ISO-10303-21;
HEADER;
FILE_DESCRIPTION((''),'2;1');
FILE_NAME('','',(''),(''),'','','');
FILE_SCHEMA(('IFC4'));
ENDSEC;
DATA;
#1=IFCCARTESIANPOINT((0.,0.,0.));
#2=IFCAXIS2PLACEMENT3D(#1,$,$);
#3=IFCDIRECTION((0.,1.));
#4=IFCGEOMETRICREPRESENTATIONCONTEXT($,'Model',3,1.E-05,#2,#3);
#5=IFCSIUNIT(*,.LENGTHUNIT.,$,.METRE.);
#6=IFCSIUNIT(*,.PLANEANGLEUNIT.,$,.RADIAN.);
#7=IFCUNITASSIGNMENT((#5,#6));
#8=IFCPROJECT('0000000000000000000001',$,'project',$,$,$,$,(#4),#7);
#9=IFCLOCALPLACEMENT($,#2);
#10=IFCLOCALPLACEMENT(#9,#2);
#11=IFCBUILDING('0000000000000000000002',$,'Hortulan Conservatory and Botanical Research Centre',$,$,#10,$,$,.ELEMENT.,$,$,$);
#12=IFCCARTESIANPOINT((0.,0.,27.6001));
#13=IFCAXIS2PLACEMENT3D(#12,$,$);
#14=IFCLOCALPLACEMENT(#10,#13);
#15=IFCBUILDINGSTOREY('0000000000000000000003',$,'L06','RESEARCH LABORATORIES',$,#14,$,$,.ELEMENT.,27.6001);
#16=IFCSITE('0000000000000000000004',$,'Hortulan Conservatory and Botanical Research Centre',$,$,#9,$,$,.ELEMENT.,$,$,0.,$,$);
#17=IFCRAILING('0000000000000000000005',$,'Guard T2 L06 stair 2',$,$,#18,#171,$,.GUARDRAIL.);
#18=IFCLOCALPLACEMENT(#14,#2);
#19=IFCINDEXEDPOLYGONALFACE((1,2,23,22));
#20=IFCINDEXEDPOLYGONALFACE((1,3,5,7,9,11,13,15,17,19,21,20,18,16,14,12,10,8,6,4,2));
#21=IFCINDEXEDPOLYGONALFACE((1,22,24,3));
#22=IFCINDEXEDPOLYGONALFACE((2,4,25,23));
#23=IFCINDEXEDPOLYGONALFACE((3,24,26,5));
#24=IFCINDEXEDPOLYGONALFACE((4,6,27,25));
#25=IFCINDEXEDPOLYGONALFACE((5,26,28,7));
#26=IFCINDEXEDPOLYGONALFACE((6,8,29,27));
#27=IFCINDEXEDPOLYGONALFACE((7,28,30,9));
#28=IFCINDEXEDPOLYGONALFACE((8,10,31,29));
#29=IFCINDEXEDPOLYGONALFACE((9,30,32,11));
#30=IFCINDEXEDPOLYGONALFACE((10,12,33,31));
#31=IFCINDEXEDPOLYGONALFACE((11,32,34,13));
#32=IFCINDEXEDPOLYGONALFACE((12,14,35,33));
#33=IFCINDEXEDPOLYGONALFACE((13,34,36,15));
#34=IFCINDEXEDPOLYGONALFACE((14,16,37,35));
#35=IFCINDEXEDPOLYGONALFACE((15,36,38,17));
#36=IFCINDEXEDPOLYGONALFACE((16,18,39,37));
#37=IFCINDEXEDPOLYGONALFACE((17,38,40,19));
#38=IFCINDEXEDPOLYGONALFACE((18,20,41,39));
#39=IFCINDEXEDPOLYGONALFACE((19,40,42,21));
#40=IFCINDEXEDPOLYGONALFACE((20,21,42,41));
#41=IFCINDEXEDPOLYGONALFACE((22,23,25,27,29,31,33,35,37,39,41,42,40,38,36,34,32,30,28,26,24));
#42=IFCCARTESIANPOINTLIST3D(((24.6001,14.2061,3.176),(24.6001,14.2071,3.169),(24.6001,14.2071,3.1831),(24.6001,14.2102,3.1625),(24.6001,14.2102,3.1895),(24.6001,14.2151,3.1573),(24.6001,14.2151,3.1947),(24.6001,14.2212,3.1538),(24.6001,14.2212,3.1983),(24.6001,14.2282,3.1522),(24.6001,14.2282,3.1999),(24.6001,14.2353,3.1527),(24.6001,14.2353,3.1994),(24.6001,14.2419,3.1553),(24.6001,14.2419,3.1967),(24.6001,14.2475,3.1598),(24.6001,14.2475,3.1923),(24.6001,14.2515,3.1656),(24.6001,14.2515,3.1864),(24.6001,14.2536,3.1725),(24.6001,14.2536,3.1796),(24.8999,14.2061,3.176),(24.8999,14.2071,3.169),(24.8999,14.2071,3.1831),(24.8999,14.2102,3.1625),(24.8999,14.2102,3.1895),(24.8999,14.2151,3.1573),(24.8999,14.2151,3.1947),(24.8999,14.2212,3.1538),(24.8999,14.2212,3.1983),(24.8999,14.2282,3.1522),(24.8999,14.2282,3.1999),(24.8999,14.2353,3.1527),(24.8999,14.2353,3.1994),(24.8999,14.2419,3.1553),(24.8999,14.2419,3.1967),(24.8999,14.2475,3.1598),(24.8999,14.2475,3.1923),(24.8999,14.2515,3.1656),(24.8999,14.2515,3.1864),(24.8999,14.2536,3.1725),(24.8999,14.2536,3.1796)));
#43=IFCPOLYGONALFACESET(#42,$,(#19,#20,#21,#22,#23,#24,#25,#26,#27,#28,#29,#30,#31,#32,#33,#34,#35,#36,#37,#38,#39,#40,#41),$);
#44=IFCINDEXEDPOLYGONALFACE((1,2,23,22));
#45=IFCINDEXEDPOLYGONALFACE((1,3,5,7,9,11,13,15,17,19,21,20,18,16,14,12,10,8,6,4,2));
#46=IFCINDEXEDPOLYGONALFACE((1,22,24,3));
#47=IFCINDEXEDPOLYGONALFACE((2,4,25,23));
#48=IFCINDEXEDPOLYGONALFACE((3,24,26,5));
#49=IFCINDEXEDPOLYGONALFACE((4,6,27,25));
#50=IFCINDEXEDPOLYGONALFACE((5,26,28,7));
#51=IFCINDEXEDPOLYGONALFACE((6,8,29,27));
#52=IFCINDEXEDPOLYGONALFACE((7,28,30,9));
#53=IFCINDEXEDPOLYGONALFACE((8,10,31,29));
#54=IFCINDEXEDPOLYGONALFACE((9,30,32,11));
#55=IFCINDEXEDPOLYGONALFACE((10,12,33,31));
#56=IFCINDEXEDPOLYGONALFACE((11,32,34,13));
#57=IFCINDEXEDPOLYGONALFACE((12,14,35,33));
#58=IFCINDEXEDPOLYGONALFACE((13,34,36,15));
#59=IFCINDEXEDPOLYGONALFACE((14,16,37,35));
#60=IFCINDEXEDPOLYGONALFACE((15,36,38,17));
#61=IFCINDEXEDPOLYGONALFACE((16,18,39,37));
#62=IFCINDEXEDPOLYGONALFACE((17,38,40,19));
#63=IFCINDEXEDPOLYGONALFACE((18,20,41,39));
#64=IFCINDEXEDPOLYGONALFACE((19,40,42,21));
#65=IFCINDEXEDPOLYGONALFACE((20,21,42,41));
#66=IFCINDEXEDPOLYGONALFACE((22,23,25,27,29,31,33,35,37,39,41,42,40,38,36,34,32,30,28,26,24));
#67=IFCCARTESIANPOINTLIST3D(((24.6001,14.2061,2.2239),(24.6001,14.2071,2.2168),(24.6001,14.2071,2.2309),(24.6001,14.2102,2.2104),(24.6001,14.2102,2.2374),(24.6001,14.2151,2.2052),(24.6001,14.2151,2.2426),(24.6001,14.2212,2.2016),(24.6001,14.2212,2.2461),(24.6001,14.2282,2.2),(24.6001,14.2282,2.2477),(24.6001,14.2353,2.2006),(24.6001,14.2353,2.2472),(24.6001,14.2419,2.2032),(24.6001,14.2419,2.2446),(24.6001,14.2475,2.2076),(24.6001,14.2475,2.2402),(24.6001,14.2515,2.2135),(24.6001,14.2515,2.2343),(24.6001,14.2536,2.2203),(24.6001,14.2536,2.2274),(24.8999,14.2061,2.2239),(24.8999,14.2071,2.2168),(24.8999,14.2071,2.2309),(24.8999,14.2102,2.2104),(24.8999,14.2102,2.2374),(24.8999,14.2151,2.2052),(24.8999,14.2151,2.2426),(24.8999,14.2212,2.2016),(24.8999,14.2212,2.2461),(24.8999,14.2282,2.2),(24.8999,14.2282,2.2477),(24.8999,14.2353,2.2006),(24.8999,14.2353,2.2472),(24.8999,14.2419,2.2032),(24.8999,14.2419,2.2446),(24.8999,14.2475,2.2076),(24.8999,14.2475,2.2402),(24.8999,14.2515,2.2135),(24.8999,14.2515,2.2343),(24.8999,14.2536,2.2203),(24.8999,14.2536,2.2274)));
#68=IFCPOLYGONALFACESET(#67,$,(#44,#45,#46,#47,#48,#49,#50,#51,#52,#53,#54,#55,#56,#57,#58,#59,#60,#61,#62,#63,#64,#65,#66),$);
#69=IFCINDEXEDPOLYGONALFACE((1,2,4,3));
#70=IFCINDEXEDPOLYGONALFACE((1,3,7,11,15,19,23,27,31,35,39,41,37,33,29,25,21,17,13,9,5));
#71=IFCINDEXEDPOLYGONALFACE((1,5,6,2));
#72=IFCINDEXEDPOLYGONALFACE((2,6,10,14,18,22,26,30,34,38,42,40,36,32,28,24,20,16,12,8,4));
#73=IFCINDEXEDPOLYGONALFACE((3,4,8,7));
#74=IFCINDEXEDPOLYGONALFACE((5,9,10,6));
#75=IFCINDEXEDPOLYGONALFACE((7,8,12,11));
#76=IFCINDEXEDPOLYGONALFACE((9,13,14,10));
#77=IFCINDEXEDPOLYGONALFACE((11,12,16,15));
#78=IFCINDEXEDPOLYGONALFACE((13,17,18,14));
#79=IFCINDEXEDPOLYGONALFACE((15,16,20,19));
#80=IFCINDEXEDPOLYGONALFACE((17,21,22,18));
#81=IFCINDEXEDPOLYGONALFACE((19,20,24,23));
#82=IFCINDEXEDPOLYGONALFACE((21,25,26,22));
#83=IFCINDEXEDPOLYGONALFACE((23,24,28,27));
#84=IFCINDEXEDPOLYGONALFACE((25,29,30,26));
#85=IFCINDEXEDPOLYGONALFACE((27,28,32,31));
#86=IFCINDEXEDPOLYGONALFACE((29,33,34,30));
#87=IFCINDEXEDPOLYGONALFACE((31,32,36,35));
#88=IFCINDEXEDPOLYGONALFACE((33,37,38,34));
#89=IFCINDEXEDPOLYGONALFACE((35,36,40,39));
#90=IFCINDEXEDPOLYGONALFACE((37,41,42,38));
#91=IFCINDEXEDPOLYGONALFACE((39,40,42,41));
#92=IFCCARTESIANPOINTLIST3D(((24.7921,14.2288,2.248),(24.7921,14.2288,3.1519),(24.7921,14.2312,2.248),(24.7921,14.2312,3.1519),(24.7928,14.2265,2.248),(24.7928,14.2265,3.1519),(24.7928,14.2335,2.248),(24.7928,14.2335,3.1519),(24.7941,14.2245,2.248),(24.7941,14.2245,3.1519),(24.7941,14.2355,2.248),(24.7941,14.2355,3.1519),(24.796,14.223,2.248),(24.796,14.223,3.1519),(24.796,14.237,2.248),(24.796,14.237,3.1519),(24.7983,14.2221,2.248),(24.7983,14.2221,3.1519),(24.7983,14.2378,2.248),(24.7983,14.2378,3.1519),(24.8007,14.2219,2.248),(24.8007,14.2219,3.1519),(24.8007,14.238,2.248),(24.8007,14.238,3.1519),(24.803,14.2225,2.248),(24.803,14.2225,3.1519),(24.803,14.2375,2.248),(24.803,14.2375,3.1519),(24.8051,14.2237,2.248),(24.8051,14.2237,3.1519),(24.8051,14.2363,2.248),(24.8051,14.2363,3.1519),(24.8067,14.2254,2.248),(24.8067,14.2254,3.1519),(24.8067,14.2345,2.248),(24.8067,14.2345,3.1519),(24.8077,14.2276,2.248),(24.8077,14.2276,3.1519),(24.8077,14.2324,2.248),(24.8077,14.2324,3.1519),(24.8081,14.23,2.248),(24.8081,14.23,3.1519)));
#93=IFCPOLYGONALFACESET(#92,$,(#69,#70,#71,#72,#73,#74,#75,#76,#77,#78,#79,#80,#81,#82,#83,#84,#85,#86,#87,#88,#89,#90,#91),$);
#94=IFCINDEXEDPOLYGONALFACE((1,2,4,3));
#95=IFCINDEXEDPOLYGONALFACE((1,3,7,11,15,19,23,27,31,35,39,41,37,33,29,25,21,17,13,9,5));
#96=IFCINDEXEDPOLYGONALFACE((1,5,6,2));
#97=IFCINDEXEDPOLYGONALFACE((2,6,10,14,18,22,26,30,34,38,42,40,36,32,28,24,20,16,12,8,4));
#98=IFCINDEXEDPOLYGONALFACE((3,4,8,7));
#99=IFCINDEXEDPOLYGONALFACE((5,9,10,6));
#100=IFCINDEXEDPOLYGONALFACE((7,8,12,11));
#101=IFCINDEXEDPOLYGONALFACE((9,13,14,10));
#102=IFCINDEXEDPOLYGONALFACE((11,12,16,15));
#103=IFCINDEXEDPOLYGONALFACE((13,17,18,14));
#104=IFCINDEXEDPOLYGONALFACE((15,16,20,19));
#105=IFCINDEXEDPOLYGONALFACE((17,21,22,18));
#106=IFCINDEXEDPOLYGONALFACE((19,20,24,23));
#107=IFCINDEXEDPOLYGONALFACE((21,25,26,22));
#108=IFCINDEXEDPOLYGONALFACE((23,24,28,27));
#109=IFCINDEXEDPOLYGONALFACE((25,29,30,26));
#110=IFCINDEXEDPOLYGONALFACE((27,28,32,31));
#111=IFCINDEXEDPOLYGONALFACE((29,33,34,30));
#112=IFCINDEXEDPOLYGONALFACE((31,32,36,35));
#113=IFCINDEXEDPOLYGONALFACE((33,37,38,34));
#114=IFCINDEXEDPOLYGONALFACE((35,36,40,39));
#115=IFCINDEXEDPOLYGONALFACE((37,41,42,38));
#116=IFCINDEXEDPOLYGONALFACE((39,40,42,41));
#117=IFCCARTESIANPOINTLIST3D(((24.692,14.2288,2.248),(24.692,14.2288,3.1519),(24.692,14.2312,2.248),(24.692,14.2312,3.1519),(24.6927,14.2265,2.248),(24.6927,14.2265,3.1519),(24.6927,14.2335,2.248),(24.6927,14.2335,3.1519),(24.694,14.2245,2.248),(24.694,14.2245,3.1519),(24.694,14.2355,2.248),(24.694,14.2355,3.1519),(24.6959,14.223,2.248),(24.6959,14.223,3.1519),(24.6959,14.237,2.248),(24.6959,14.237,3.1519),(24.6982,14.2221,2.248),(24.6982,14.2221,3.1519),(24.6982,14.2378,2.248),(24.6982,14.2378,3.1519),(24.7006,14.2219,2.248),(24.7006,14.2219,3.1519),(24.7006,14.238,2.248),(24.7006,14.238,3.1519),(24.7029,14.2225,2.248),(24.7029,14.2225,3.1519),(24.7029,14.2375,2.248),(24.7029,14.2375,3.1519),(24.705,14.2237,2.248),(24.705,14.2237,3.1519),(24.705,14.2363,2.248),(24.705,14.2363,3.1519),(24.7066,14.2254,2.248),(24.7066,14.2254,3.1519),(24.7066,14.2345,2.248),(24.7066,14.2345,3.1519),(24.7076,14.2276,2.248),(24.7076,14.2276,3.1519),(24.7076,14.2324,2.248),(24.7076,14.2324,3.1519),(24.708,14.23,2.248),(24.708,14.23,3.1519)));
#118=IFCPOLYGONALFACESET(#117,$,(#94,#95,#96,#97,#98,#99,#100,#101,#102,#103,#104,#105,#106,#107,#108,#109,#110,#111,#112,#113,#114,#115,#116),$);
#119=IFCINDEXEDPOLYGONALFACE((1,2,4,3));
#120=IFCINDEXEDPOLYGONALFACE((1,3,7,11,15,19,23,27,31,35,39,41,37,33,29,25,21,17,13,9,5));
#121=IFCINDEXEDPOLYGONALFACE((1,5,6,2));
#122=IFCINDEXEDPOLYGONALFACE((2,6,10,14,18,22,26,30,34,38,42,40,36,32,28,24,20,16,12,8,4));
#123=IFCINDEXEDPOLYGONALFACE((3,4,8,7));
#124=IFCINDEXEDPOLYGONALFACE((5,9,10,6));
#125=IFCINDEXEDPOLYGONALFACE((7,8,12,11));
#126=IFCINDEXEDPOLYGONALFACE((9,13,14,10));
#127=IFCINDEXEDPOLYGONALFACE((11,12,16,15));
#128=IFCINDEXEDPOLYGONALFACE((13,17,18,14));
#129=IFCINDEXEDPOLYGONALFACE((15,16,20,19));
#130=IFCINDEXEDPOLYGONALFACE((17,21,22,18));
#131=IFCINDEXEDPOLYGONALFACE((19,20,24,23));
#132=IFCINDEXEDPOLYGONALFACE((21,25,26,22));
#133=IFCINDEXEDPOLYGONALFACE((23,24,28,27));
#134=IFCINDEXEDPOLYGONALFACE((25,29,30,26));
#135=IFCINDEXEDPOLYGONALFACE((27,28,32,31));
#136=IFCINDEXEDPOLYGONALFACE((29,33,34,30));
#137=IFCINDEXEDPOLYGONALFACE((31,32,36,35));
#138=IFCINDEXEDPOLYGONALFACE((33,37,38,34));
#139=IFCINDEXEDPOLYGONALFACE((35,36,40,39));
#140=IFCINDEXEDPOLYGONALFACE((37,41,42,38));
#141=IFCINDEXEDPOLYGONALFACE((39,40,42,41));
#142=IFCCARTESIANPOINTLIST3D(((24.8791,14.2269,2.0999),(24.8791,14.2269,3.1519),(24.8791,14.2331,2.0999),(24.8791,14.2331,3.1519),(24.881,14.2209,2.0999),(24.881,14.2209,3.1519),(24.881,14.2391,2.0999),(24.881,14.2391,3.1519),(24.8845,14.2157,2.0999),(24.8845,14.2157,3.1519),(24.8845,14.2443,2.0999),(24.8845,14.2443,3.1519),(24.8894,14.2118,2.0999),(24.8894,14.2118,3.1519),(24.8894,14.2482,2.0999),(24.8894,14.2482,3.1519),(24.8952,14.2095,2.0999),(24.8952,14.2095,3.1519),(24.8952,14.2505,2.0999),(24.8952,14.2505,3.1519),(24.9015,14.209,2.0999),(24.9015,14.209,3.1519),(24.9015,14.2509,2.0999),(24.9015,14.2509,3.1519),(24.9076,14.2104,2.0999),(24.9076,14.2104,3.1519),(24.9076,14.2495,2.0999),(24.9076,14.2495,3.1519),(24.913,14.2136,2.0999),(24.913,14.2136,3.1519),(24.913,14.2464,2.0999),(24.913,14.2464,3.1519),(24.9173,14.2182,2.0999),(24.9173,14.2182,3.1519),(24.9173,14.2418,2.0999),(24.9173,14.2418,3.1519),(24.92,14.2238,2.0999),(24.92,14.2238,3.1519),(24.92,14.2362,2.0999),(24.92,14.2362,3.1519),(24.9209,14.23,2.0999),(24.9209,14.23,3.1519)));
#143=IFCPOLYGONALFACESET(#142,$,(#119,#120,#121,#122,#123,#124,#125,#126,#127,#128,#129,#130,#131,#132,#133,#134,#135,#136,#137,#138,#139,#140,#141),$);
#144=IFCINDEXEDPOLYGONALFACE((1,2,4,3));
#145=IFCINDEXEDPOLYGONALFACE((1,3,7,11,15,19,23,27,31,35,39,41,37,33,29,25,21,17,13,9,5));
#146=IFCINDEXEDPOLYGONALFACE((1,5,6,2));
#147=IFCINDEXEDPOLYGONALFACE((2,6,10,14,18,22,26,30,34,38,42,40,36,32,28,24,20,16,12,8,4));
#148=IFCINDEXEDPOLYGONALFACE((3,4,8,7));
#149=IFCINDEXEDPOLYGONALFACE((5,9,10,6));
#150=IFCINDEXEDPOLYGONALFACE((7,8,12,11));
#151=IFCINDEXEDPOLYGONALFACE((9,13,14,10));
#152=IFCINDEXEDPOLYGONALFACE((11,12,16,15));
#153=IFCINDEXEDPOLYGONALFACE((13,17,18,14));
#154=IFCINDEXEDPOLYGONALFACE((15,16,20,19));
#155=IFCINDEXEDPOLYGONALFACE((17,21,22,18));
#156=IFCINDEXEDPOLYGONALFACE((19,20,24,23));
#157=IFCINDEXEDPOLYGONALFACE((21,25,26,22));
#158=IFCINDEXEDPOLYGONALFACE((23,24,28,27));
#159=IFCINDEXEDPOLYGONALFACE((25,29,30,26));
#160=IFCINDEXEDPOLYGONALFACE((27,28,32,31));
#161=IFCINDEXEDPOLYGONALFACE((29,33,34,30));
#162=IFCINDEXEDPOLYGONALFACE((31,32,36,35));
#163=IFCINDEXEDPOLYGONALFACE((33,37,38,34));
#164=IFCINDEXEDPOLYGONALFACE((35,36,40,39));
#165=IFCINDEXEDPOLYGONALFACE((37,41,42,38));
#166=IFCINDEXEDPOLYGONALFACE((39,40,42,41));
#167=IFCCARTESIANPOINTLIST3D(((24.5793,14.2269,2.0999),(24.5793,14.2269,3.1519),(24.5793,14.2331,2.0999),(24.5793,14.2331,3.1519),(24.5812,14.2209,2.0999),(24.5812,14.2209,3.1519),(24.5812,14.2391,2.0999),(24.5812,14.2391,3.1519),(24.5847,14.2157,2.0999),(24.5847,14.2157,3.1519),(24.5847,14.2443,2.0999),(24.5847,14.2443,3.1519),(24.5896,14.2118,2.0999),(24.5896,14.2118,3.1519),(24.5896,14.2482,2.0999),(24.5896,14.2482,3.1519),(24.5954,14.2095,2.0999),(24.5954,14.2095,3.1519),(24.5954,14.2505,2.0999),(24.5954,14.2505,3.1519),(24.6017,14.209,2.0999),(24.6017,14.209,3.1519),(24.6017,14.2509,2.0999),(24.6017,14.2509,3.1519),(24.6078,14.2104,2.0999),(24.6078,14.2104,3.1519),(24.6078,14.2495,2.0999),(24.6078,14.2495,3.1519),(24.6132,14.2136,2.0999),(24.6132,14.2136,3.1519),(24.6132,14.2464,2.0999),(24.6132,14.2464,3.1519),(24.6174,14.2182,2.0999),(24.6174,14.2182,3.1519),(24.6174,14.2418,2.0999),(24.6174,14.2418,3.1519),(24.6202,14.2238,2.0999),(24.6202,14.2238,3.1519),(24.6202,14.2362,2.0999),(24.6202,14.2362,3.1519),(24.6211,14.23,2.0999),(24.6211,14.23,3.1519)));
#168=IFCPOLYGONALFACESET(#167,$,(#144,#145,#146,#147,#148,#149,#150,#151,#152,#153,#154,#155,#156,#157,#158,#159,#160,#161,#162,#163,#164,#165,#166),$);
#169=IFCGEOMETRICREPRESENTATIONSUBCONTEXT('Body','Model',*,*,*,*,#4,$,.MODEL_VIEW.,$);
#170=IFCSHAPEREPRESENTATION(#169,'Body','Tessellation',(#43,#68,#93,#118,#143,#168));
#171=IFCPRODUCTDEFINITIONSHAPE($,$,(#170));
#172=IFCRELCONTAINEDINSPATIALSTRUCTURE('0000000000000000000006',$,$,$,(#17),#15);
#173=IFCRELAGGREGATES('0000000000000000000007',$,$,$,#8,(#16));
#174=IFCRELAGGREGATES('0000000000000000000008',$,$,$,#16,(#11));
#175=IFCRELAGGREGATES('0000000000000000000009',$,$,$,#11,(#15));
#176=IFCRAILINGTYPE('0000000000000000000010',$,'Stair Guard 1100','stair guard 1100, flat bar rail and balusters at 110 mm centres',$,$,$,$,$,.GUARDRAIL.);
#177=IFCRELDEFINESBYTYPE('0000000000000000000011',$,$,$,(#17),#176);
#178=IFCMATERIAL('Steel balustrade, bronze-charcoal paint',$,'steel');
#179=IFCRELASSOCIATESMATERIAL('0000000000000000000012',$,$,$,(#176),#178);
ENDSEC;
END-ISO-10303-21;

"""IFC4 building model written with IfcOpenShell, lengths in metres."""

from ifc_helpers import new_model, si_unit, direction, frame, origin, origin_2d, place, context, subcontext, project, spatial, circle, extrude, material, type_object, element, save


model = new_model("IFC4")

# Units and contexts
model_context = context("Model", 3, precision=1e-05, world=origin(), true_north=direction((0.0, 1.0)))
body_context = subcontext(model_context, "Body", "Model", "MODEL_VIEW")
ifc_project = project(units=[si_unit("LENGTHUNIT", "METRE"), si_unit("PLANEANGLEUNIT", "RADIAN")], contexts=[model_context])

# Site, building, storey
site_placement = place(None, origin())
site = spatial("IfcSite", under=ifc_project, at=site_placement, Name="Hortulan Conservatory and Botanical Research Centre", CompositionType="ELEMENT", RefElevation=0.0)
building_placement = place(site_placement, origin())
building = spatial("IfcBuilding", under=site, at=building_placement, Name="Hortulan Conservatory and Botanical Research Centre", CompositionType="ELEMENT")
storey_placement = place(building_placement, frame((0.0, 0.0, 27.6001)))
storey = spatial("IfcBuildingStorey", under=building, at=storey_placement, Name="L06", Description="RESEARCH LABORATORIES", CompositionType="ELEMENT", Elevation=27.6001)

# Railing
ifc_material_1 = material(Name="Steel balustrade, bronze-charcoal paint", Category="steel")
railing_type_1 = type_object("IfcRailingType", Name="Stair Guard 1100", Description="stair guard 1100, flat bar rail and balusters at 110 mm centres", PredefinedType="GUARDRAIL", material=ifc_material_1)
railing_1_placement = place(storey_placement, frame((24.8999, 14.23, 2.0999)))
element("IfcRailing", 1, at=railing_1_placement, inside=storey, type_object=railing_type_1, Name="Guard T2 L06 stair 2", PredefinedType="GUARDRAIL", context=body_context, shape_type="SweptSolid", body=[
    extrude(circle(Radius=0.0239, at=origin_2d()), frame((0.0, 0.0, 1.0762), z_axis=(-1.0, 0.0, 0.0), x_axis=(0.0, -1.0, 0.0)), (0.0, 0.0, 1.0), 0.2998),
    extrude(circle(Radius=0.0239, at=origin_2d()), frame((0.0, 0.0, 0.124), z_axis=(-1.0, 0.0, 0.0), x_axis=(0.0, -1.0, 0.0)), (0.0, 0.0, 1.0), 0.2998),
    extrude(circle(Radius=0.0081, at=origin_2d()), frame((-0.0999, 0.0, 0.1482)), (0.0, 0.0, 1.0), 0.9038),
    extrude(circle(Radius=0.0081, at=origin_2d()), frame((-0.2, 0.0, 0.1482)), (0.0, 0.0, 1.0), 0.9038),
    extrude(circle(Radius=0.021, at=origin_2d()), origin(), (0.0, 0.0, 1.0), 1.052),
    extrude(circle(Radius=0.021, at=origin_2d()), frame((-0.2998, 0.0, 0.0)), (0.0, 0.0, 1.0), 1.052),
])

save(model, "model.ifc")
